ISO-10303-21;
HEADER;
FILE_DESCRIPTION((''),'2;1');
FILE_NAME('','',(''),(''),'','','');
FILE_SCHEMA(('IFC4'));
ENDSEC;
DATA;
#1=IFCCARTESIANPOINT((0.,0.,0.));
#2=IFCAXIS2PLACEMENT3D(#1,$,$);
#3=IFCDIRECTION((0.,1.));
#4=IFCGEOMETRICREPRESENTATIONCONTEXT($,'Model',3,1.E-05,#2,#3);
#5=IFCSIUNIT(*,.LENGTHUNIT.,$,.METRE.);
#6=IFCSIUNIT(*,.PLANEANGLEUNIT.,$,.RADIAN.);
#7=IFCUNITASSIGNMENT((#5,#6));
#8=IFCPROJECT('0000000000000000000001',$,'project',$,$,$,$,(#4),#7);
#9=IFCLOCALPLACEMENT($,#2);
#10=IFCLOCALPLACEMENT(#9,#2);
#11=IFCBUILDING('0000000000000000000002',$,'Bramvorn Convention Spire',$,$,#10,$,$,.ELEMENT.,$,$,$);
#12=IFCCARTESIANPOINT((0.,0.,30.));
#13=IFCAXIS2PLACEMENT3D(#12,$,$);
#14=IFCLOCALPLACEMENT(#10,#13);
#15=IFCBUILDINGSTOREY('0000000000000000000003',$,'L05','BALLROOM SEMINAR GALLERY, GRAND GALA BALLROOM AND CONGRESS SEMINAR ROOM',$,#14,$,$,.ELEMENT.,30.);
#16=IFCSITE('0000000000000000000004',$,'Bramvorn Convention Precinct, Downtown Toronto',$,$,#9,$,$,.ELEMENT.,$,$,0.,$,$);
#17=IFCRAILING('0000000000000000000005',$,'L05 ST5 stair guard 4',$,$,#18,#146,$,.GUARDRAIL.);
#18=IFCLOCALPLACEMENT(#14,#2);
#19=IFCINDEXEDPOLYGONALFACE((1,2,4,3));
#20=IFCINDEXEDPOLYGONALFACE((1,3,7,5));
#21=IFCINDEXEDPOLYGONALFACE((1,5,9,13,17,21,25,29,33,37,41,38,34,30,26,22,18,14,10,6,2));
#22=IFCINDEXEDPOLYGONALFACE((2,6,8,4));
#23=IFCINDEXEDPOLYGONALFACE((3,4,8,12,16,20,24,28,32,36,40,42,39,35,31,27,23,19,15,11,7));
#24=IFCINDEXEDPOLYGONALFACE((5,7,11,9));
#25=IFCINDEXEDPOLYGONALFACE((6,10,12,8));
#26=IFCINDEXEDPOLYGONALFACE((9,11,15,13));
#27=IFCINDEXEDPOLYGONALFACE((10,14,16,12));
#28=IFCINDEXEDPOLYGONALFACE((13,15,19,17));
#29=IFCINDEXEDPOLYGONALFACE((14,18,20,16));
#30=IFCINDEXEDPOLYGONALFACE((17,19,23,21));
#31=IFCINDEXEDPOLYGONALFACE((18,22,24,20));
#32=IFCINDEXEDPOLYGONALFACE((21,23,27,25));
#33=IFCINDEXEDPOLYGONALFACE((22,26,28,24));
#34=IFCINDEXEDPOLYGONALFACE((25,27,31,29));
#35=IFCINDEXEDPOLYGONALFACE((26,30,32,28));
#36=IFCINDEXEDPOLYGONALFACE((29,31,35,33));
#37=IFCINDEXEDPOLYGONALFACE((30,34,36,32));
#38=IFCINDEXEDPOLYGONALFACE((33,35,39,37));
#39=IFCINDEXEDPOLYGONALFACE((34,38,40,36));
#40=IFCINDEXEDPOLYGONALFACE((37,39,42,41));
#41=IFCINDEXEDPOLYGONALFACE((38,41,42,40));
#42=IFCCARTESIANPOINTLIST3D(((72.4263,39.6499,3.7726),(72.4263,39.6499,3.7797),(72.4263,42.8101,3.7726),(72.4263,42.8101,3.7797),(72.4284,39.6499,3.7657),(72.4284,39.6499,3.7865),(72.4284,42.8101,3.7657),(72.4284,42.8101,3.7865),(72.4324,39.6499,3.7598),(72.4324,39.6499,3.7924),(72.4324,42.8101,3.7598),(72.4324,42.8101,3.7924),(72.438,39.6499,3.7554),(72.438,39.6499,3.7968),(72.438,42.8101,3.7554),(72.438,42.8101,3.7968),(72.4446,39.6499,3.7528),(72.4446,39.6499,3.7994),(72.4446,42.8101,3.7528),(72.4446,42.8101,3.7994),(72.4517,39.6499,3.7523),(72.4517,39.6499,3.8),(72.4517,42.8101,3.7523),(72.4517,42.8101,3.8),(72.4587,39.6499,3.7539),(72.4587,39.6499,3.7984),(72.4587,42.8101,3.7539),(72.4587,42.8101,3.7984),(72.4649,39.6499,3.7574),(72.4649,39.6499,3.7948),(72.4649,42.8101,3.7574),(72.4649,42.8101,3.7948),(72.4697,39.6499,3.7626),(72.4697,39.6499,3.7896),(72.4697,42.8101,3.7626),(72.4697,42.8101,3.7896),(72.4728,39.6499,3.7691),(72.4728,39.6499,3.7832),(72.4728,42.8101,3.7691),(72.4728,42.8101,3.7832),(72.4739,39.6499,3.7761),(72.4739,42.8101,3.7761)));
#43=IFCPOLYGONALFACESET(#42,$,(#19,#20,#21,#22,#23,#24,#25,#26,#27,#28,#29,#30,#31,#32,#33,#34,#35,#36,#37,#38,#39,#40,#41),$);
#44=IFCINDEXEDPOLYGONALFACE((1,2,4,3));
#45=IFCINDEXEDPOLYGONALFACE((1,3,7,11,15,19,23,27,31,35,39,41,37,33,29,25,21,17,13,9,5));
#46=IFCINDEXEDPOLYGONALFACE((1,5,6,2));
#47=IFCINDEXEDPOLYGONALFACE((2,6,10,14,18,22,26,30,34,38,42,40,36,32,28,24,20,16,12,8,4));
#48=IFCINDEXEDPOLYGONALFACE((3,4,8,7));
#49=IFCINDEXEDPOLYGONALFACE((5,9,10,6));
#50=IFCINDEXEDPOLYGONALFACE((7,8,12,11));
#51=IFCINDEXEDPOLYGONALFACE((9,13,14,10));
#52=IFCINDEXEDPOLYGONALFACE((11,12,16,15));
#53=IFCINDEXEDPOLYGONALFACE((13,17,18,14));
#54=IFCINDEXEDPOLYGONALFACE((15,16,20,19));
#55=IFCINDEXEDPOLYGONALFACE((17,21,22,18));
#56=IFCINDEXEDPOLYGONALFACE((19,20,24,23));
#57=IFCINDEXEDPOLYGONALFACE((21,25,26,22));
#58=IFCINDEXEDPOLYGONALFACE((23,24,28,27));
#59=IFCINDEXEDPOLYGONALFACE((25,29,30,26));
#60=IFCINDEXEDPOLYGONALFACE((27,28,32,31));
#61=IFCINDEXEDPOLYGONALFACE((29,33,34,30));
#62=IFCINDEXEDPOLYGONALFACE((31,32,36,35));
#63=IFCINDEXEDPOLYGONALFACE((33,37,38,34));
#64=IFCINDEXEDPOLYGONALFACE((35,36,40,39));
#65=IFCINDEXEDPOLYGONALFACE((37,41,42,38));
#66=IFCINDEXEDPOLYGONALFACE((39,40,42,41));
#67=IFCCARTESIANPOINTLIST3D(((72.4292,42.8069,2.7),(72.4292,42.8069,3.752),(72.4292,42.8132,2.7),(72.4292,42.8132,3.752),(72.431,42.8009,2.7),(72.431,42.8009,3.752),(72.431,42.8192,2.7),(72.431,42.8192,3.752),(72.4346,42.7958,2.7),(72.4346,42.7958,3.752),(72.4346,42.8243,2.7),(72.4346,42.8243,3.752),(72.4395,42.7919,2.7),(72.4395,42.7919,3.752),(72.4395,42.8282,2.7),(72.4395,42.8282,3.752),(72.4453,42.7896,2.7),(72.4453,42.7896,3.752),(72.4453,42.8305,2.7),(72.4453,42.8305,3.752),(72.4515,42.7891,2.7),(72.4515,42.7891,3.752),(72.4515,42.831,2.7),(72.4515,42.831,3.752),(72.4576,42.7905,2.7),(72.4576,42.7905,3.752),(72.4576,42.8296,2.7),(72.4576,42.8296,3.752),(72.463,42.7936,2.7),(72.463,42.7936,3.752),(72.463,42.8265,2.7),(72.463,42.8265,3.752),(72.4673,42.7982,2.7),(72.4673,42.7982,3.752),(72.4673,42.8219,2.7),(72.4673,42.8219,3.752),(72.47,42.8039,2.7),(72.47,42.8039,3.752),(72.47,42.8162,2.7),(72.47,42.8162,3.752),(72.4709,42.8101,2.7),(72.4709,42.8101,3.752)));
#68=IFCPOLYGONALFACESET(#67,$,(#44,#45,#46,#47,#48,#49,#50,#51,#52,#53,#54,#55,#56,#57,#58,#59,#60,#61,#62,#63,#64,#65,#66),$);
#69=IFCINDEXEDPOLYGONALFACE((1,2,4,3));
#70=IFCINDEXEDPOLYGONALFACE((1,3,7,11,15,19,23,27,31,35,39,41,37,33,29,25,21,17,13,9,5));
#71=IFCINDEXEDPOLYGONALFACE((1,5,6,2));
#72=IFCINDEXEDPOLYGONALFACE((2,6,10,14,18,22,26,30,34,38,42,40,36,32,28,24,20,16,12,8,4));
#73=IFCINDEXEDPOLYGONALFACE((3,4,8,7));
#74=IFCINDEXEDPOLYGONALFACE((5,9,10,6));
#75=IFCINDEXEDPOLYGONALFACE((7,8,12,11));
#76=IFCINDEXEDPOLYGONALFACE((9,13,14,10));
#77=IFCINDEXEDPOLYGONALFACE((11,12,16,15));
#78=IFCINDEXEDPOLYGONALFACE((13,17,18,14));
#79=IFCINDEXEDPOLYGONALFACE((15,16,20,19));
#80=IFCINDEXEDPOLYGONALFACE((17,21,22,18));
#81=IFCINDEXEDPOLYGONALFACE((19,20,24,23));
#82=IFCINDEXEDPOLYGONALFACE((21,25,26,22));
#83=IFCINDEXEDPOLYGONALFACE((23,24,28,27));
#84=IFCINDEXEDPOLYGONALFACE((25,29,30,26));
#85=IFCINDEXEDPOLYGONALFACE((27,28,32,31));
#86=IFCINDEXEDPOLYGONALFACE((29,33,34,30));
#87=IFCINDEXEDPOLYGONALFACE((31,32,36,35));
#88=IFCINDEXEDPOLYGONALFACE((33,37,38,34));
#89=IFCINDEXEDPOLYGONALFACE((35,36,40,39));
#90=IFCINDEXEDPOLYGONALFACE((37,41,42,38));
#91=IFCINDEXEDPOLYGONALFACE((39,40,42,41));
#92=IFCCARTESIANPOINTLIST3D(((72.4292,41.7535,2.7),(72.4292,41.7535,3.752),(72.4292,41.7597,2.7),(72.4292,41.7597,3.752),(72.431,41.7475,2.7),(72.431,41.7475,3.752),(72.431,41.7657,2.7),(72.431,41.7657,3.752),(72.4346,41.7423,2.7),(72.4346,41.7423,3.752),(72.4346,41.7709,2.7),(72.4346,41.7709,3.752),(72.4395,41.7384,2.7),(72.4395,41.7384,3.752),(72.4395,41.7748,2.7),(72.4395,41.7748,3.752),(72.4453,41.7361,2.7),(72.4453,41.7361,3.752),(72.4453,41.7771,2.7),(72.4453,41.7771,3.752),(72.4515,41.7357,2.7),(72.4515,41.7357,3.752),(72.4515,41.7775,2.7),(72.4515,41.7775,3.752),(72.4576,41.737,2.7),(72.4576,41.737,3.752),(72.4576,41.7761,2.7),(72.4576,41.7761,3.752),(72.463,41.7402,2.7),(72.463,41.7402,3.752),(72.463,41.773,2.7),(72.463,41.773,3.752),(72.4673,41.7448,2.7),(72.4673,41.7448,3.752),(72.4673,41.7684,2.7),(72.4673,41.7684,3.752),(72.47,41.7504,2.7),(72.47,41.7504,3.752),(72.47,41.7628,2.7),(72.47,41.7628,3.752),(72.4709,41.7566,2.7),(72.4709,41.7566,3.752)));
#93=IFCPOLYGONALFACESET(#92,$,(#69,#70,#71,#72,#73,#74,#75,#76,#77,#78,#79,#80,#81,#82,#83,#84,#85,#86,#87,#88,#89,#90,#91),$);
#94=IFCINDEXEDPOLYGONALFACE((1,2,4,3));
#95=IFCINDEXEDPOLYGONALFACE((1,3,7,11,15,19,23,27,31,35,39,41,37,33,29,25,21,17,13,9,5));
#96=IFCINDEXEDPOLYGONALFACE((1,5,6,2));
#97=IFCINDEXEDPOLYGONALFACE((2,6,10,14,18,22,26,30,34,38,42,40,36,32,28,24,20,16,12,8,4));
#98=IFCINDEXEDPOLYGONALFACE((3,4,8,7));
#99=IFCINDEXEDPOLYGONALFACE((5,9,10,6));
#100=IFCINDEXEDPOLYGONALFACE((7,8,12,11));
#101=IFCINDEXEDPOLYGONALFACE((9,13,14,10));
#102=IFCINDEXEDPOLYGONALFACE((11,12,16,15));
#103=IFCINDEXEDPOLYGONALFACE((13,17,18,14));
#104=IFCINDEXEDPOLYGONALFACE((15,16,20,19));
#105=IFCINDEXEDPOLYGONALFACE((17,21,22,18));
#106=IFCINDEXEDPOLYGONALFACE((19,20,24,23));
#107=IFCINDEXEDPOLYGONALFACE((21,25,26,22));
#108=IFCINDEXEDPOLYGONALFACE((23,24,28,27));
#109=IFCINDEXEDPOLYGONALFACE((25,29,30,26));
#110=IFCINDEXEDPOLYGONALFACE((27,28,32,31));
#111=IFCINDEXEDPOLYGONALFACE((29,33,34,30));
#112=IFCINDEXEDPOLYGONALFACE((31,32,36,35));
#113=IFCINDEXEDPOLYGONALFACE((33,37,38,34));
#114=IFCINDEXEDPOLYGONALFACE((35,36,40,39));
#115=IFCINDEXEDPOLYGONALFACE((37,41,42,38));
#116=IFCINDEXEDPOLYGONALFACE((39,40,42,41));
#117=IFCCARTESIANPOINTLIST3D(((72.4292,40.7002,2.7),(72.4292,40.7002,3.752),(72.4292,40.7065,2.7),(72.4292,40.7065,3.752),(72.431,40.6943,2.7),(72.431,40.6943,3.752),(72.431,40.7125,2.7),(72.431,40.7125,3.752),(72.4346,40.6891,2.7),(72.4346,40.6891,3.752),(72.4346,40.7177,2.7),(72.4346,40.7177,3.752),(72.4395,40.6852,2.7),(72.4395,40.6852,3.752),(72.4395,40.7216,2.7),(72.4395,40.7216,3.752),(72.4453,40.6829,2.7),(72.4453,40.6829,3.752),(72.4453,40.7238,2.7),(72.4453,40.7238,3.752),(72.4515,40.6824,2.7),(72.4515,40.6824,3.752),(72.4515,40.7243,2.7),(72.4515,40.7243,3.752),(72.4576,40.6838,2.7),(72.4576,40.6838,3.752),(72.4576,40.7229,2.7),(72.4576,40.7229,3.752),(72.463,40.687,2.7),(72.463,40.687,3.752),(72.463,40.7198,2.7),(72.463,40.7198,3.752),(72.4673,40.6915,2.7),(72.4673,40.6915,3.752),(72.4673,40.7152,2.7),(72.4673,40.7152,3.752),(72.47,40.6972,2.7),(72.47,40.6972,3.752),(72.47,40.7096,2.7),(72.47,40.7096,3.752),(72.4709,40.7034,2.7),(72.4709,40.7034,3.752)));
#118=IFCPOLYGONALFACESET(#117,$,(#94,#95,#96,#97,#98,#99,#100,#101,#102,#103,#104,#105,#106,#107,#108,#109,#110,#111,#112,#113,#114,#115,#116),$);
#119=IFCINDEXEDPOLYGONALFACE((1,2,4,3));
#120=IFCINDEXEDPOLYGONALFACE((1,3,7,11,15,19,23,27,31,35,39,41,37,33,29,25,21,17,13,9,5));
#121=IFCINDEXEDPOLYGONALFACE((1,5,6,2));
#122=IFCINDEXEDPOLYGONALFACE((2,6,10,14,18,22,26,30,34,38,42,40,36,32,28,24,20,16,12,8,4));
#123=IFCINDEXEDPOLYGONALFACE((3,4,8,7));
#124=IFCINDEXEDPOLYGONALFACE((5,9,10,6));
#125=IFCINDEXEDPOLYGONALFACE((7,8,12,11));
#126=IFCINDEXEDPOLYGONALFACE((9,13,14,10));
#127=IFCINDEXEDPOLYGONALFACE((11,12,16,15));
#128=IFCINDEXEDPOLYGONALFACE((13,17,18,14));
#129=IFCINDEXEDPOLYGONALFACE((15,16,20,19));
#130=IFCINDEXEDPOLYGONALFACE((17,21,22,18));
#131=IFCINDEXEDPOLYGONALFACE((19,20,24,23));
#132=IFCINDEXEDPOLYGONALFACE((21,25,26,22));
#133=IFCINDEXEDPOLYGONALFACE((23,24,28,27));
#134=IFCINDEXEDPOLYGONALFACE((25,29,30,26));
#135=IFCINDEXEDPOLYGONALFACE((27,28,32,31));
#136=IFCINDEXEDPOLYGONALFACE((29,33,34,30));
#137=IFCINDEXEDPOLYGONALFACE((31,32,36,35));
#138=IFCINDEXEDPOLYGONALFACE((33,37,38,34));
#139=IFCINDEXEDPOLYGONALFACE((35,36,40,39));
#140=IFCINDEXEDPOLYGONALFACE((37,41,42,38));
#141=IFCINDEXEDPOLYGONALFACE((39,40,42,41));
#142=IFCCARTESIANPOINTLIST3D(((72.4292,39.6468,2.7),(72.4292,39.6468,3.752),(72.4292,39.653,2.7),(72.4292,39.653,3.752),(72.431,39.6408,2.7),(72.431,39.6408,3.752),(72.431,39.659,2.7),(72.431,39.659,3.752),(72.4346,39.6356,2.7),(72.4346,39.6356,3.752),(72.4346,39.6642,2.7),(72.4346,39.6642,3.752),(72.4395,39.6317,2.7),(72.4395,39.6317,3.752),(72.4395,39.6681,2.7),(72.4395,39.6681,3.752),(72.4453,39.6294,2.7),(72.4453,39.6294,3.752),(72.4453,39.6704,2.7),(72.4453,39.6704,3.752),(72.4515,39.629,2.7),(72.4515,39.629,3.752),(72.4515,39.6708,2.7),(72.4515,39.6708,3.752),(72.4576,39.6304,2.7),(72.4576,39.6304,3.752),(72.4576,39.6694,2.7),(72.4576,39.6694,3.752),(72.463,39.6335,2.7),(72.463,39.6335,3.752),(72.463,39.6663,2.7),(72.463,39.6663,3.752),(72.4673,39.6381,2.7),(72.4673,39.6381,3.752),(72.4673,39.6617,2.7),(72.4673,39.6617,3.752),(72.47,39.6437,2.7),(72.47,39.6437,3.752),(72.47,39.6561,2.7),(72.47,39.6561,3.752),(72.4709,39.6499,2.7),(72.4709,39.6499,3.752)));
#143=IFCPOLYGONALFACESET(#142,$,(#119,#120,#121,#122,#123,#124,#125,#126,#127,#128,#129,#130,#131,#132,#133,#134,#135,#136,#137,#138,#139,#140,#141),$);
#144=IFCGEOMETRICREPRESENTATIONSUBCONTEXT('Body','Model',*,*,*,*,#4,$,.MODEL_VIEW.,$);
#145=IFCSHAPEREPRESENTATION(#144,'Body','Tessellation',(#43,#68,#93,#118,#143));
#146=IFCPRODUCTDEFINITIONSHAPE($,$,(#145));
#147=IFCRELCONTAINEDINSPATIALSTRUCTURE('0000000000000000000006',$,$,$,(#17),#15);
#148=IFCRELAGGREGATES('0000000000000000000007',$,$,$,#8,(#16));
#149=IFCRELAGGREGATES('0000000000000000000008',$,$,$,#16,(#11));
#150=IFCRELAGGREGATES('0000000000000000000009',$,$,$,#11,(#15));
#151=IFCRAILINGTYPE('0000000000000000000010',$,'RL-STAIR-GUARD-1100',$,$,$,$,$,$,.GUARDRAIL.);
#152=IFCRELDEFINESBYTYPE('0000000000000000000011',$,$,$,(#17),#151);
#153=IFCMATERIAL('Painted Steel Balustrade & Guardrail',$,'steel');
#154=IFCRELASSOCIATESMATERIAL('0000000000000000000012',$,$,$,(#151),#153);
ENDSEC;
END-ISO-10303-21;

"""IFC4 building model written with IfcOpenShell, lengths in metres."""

from ifc_helpers import new_model, si_unit, direction, frame, origin, origin_2d, place, context, subcontext, project, spatial, circle, extrude, material, type_object, element, save


model = new_model("IFC4")

# Units and contexts
model_context = context("Model", 3, precision=1e-05, world=origin(), true_north=direction((0.0, 1.0)))
body_context = subcontext(model_context, "Body", "Model", "MODEL_VIEW")
ifc_project = project(units=[si_unit("LENGTHUNIT", "METRE"), si_unit("PLANEANGLEUNIT", "RADIAN")], contexts=[model_context])

# Site, building, storey
site_placement = place(None, origin())
site = spatial("IfcSite", under=ifc_project, at=site_placement, Name="Bramvorn Convention Precinct, Downtown Toronto", CompositionType="ELEMENT", RefElevation=0.0)
building_placement = place(site_placement, origin())
building = spatial("IfcBuilding", under=site, at=building_placement, Name="Bramvorn Convention Spire", CompositionType="ELEMENT")
storey_placement = place(building_placement, frame((0.0, 0.0, 30.0)))
storey = spatial("IfcBuildingStorey", under=building, at=storey_placement, Name="L05", Description="BALLROOM SEMINAR GALLERY, GRAND GALA BALLROOM AND CONGRESS SEMINAR ROOM", CompositionType="ELEMENT", Elevation=30.0)

# Railing
ifc_material_1 = material(Name="Painted Steel Balustrade & Guardrail", Category="steel")
railing_type_1 = type_object("IfcRailingType", Name="RL-STAIR-GUARD-1100", PredefinedType="GUARDRAIL", material=ifc_material_1)
for number, where, name in (
    (1, (72.45, 42.8101, 2.7), "L05 ST5 stair guard 4"),
):
    element("IfcRailing", number, at=place(storey_placement, frame(where)), inside=storey, type_object=railing_type_1, Name=name, PredefinedType="GUARDRAIL", context=body_context, shape_type="SweptSolid", body=[
        extrude(circle(Radius=0.0239, at=origin_2d()), frame((0.0, 0.0, 1.0762), z_axis=(0.0, -1.0, 0.0), x_axis=(1.0, 0.0, 0.0)), (0.0, 0.0, 1.0), 3.1602),
        extrude(circle(Radius=0.021, at=origin_2d()), origin(), (0.0, 0.0, 1.0), 1.052),
        extrude(circle(Radius=0.021, at=origin_2d()), frame((0.0, -1.0535, 0.0)), (0.0, 0.0, 1.0), 1.052),
        extrude(circle(Radius=0.021, at=origin_2d()), frame((0.0, -2.1067, 0.0)), (0.0, 0.0, 1.0), 1.052),
        extrude(circle(Radius=0.021, at=origin_2d()), frame((0.0, -3.1602, 0.0)), (0.0, 0.0, 1.0), 1.052),
    ])

save(model, "model.ifc")
